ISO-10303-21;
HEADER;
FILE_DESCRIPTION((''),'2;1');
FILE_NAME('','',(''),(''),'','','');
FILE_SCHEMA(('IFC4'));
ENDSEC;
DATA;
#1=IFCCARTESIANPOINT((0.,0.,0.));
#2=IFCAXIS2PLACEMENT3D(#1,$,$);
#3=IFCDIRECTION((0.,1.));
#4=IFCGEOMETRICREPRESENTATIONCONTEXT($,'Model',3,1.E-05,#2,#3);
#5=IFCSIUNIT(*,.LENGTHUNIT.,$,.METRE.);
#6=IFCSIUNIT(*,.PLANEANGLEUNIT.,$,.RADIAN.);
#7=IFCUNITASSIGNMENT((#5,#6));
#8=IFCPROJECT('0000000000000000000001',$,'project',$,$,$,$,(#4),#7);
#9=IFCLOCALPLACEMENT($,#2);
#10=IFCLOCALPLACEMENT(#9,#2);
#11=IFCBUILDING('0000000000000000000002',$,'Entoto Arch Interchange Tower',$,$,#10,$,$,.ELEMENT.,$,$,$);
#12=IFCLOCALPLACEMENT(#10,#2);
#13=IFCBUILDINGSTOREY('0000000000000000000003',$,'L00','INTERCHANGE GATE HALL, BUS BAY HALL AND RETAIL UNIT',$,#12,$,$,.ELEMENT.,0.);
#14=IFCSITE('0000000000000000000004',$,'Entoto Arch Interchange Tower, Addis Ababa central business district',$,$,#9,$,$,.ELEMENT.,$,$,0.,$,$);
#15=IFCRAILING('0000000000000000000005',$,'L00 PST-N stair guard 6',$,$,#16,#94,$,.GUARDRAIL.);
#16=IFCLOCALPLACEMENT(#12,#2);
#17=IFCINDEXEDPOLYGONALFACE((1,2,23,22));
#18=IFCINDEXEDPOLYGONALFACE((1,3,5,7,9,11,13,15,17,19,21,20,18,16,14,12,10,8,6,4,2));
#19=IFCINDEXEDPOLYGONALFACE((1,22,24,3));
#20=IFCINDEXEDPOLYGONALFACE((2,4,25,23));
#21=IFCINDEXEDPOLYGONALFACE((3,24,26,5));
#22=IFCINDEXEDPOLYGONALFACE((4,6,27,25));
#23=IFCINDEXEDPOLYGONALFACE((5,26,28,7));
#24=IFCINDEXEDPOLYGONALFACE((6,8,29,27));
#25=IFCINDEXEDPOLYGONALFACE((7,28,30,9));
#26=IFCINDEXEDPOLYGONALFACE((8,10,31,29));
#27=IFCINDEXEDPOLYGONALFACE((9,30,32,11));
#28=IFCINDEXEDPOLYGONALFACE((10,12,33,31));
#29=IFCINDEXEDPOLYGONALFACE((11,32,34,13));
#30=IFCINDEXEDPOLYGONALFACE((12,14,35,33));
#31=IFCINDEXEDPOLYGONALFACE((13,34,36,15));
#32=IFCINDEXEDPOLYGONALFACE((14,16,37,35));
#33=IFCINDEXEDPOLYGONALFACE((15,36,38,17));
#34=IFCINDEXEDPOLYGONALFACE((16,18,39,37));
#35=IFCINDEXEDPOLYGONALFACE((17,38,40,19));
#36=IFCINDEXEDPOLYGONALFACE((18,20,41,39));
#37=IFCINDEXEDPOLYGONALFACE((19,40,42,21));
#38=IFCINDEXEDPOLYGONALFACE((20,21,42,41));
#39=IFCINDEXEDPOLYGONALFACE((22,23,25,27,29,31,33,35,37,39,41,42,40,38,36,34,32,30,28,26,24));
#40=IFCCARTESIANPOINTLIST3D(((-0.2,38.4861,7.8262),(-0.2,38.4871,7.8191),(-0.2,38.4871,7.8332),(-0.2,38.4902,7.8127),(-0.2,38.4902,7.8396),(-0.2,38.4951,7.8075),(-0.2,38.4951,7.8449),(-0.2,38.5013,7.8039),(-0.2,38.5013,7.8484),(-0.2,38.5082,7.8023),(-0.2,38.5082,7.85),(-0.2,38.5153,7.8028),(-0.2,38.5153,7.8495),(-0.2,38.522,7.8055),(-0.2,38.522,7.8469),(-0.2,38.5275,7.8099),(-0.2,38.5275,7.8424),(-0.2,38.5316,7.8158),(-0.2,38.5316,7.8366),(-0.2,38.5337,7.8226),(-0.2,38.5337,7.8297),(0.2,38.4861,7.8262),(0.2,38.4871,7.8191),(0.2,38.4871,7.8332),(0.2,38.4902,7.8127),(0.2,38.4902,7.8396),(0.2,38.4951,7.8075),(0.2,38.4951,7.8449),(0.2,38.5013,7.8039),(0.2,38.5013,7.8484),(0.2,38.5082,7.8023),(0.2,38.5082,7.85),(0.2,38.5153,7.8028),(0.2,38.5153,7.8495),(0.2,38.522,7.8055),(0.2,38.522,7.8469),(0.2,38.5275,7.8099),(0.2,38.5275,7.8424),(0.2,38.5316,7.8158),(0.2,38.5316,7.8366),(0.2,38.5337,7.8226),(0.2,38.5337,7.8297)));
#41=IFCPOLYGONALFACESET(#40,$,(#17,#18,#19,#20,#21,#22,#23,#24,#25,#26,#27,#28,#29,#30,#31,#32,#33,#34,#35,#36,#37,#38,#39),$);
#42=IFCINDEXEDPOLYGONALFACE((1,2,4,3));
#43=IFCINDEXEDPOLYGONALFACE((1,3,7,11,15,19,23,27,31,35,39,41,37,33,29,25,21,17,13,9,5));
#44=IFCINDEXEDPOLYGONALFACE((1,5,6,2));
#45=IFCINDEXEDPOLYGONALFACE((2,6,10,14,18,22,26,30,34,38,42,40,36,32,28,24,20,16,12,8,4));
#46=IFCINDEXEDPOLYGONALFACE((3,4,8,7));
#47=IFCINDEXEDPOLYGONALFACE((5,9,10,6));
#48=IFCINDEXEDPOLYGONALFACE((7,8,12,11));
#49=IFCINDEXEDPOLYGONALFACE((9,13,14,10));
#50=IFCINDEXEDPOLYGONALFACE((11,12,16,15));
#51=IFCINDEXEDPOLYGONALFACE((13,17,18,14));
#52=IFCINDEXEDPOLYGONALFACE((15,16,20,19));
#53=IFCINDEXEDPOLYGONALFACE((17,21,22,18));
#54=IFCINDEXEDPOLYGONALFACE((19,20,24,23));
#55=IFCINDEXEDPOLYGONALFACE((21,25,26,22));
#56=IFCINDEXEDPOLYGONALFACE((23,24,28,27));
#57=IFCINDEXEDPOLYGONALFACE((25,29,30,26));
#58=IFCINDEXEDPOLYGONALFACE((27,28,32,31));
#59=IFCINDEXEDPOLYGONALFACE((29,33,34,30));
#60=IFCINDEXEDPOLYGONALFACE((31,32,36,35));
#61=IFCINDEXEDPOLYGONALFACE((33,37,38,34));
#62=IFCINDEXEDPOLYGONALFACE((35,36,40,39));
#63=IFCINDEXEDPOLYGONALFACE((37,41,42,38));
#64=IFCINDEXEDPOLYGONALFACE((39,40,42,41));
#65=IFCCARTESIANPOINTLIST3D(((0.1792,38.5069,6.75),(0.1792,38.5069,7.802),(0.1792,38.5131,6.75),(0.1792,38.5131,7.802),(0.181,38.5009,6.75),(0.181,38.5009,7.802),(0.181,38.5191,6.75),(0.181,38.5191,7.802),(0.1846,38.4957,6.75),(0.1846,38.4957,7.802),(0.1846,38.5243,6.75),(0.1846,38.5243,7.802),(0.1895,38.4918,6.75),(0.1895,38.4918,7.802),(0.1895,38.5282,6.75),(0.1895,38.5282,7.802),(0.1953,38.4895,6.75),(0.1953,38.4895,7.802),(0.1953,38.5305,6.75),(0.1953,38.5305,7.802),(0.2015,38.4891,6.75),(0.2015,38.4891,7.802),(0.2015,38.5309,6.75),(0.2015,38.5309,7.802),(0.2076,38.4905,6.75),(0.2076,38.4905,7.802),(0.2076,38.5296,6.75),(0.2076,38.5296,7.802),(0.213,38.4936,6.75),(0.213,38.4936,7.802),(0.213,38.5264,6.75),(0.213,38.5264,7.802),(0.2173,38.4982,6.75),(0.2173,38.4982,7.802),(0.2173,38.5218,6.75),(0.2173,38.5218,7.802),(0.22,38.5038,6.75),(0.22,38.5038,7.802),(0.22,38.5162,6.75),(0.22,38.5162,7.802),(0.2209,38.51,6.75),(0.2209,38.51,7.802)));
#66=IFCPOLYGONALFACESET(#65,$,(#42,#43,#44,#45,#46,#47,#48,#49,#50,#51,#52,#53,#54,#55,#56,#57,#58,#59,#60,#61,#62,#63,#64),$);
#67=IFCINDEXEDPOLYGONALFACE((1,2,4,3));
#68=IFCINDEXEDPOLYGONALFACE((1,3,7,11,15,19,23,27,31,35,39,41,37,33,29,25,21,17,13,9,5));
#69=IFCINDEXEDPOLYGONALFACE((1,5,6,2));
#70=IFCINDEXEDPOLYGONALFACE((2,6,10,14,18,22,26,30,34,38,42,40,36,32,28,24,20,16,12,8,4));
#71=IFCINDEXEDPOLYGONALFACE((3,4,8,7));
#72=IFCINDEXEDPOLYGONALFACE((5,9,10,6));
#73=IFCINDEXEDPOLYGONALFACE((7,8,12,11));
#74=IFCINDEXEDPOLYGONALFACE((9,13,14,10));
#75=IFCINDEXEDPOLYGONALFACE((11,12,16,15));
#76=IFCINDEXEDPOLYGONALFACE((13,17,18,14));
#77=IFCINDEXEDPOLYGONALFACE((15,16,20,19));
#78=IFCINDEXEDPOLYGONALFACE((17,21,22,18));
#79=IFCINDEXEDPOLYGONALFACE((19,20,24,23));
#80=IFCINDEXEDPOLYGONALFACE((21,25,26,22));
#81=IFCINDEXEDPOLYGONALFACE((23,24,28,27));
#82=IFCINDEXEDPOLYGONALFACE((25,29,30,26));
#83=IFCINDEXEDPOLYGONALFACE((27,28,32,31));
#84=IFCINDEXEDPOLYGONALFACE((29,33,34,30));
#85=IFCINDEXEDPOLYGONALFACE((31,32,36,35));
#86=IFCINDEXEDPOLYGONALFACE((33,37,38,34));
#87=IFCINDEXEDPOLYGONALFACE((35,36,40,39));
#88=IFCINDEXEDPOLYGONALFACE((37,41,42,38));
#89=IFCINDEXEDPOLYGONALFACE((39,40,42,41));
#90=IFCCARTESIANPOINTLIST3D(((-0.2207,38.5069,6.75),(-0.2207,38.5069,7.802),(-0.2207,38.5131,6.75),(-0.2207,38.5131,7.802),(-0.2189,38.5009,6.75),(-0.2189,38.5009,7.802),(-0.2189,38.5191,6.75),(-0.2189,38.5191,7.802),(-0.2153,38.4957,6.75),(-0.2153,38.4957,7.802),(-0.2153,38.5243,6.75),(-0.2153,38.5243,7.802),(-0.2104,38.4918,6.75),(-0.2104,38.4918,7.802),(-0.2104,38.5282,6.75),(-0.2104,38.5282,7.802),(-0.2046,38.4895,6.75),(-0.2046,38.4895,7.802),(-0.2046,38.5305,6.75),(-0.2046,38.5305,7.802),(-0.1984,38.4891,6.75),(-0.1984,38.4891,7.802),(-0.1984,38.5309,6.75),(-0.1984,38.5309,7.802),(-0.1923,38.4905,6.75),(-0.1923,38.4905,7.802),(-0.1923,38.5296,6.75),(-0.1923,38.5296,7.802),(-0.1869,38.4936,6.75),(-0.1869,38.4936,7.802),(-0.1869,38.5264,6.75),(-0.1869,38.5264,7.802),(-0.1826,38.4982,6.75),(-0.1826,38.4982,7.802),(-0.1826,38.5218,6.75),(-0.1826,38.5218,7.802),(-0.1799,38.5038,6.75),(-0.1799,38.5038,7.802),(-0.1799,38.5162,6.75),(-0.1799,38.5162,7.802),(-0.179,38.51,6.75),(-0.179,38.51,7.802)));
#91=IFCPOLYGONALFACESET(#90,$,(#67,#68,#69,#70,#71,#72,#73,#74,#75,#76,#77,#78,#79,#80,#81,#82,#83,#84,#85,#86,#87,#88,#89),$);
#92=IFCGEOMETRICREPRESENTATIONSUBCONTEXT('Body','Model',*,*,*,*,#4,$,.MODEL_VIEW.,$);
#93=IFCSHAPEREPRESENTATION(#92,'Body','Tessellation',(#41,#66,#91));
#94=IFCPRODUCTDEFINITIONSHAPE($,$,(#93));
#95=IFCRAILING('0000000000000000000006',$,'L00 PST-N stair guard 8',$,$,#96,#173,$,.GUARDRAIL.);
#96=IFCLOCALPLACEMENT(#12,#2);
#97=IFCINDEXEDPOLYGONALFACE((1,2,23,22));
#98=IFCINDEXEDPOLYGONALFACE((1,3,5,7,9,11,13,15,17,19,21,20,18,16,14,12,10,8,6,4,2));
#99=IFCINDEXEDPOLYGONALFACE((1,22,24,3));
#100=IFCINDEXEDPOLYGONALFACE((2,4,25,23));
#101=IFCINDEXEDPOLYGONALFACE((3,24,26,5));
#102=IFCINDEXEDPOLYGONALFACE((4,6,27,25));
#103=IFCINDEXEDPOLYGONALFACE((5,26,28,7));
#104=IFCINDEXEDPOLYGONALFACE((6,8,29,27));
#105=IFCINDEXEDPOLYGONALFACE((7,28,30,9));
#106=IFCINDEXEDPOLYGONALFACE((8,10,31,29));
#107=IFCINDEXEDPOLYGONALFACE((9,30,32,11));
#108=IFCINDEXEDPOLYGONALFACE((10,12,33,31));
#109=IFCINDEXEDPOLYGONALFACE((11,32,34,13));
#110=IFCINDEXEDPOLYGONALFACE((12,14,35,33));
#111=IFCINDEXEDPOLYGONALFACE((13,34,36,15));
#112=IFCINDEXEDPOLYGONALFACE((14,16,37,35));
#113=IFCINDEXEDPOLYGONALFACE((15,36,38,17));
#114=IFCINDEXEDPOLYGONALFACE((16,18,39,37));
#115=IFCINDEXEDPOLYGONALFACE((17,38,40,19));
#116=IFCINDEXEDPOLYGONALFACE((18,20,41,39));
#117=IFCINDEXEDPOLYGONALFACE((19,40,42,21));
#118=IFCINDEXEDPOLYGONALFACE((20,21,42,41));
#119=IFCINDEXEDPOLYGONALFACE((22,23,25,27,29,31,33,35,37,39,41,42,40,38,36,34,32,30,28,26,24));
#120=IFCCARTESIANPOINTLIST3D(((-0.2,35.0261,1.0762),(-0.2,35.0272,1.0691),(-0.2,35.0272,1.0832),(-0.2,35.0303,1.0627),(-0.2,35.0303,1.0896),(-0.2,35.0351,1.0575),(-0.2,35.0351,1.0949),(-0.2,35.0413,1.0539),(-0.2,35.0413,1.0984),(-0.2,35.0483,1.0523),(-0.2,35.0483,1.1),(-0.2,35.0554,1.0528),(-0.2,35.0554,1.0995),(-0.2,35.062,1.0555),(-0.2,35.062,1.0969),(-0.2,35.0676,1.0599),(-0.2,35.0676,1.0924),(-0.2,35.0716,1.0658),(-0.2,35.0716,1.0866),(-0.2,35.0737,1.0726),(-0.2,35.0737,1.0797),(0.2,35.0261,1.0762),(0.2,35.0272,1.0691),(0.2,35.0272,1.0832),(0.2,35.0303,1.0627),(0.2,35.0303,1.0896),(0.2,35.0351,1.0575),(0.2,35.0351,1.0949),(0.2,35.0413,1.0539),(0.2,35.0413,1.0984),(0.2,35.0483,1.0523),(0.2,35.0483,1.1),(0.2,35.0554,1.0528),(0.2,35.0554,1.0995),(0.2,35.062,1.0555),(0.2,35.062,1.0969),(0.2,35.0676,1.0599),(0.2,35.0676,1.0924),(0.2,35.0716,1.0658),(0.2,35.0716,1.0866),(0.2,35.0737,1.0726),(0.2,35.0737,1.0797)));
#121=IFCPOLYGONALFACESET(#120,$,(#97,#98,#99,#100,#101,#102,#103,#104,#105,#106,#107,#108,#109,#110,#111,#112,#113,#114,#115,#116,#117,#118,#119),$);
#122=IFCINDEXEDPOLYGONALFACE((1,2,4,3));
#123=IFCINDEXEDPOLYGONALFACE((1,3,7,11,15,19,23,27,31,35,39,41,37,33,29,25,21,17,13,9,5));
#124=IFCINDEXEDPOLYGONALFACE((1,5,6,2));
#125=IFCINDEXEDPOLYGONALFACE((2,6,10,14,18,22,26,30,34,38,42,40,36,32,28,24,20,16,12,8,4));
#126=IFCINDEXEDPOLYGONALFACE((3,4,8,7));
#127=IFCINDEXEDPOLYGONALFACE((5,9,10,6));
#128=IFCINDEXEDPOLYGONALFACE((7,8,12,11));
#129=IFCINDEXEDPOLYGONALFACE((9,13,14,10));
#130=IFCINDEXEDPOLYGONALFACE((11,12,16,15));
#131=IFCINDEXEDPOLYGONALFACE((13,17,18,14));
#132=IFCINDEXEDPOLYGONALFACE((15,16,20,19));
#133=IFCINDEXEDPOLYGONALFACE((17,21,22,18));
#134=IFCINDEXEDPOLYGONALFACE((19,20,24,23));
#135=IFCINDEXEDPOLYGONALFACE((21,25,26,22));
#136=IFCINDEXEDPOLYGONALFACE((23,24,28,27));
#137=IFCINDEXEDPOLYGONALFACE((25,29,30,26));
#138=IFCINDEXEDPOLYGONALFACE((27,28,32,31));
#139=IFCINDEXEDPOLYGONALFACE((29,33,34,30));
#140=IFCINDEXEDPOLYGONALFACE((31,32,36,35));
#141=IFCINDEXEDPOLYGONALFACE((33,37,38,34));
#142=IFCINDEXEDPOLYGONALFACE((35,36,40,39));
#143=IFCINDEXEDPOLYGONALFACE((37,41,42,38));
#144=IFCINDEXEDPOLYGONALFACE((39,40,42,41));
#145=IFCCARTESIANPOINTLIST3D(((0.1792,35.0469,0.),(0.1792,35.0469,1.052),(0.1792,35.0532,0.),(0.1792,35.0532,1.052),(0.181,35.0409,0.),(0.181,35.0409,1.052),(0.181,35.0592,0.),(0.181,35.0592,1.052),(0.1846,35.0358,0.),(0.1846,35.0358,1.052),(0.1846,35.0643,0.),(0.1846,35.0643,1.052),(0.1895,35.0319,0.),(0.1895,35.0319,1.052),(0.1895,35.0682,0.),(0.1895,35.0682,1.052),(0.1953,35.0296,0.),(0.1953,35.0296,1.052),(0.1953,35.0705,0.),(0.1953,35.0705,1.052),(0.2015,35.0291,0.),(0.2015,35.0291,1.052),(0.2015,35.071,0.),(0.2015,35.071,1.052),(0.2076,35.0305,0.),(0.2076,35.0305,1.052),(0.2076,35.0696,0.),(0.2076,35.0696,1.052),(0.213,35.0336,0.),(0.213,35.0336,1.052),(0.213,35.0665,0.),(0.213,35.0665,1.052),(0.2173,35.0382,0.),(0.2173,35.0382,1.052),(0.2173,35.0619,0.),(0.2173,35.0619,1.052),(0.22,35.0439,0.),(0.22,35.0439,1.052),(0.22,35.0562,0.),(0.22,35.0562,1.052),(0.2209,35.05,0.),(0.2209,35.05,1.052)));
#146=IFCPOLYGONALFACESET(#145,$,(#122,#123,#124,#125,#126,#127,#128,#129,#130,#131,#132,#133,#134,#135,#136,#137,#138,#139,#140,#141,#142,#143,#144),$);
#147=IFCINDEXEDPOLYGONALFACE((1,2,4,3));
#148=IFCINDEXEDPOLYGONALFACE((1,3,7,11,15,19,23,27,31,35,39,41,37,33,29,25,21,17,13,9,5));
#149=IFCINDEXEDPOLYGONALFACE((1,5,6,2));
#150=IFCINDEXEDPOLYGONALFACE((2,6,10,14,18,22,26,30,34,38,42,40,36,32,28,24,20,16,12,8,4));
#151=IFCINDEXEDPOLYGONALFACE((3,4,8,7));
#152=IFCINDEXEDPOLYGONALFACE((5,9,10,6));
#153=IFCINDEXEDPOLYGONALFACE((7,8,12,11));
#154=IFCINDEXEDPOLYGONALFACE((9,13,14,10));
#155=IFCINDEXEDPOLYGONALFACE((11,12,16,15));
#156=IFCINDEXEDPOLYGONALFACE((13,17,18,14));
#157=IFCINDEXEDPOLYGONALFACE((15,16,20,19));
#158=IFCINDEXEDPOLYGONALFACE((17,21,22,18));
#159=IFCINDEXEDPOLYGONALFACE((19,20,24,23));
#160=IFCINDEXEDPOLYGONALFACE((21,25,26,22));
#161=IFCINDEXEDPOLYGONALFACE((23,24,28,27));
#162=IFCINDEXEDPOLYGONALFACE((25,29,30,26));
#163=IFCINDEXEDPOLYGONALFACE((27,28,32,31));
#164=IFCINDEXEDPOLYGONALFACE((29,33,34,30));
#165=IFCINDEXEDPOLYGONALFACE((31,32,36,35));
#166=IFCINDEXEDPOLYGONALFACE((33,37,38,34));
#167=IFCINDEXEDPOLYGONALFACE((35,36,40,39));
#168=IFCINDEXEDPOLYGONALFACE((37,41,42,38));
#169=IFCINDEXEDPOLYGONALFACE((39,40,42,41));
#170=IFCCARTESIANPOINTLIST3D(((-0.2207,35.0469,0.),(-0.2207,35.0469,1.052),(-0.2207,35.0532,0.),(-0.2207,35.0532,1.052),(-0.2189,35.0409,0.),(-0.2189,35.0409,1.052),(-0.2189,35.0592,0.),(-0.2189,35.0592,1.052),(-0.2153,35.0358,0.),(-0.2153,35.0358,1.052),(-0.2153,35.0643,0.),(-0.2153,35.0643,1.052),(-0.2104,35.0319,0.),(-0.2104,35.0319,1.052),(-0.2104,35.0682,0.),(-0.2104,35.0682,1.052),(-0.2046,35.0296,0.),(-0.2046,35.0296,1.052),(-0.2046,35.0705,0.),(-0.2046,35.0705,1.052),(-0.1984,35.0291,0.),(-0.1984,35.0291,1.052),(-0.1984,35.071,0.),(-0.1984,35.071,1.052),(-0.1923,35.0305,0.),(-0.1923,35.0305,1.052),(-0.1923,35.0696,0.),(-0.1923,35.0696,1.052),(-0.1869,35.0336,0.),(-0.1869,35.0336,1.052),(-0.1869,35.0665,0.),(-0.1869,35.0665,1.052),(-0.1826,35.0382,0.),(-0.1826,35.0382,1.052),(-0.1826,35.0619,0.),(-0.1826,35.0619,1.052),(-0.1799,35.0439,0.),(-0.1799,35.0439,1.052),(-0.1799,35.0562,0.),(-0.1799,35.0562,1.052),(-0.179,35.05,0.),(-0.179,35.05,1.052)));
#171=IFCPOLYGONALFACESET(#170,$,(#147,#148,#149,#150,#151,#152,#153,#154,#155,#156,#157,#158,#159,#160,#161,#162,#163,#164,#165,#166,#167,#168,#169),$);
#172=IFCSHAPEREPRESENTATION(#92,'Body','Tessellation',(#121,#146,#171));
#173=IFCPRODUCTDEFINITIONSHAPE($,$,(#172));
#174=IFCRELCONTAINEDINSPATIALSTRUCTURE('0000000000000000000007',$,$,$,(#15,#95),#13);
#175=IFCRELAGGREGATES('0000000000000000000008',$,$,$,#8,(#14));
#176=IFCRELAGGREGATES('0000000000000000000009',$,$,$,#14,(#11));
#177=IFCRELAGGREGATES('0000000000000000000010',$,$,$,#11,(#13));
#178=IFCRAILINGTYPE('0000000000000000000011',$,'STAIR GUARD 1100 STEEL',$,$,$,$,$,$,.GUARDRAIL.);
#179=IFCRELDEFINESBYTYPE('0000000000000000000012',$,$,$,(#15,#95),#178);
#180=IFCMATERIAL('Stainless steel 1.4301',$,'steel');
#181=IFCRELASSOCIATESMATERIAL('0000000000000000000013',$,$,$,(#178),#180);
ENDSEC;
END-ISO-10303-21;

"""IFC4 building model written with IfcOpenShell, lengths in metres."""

from ifc_helpers import new_model, si_unit, direction, frame, origin, origin_2d, place, context, subcontext, project, spatial, circle, extrude, material, type_object, element, save


model = new_model("IFC4")

# Units and contexts
model_context = context("Model", 3, precision=1e-05, world=origin(), true_north=direction((0.0, 1.0)))
body_context = subcontext(model_context, "Body", "Model", "MODEL_VIEW")
ifc_project = project(units=[si_unit("LENGTHUNIT", "METRE"), si_unit("PLANEANGLEUNIT", "RADIAN")], contexts=[model_context])

# Site, building, storey
site_placement = place(None, origin())
site = spatial("IfcSite", under=ifc_project, at=site_placement, Name="Entoto Arch Interchange Tower, Addis Ababa central business district", CompositionType="ELEMENT", RefElevation=0.0)
building_placement = place(site_placement, origin())
building = spatial("IfcBuilding", under=site, at=building_placement, Name="Entoto Arch Interchange Tower", CompositionType="ELEMENT")
storey_placement = place(building_placement, origin())
storey = spatial("IfcBuildingStorey", under=building, at=storey_placement, Name="L00", Description="INTERCHANGE GATE HALL, BUS BAY HALL AND RETAIL UNIT", CompositionType="ELEMENT", Elevation=0.0)

# Railings
ifc_material_1 = material(Name="Stainless steel 1.4301", Category="steel")
railing_type_1 = type_object("IfcRailingType", Name="STAIR GUARD 1100 STEEL", PredefinedType="GUARDRAIL", material=ifc_material_1)
for number, where, name in (
    (1, (0.2, 38.51, 6.75), "L00 PST-N stair guard 6"),
    (2, (0.2, 35.05, 0.0), "L00 PST-N stair guard 8"),
):
    element("IfcRailing", number, at=place(storey_placement, frame(where)), inside=storey, type_object=railing_type_1, Name=name, PredefinedType="GUARDRAIL", context=body_context, shape_type="SweptSolid", body=[
        extrude(circle(Radius=0.0239, at=origin_2d()), frame((0.0, 0.0, 1.0762), z_axis=(-1.0, 0.0, 0.0), x_axis=(0.0, -1.0, 0.0)), (0.0, 0.0, 1.0), 0.3999),
        extrude(circle(Radius=0.021, at=origin_2d()), origin(), (0.0, 0.0, 1.0), 1.052),
        extrude(circle(Radius=0.021, at=origin_2d()), frame((-0.3999, 0.0, 0.0)), (0.0, 0.0, 1.0), 1.052),
    ])

save(model, "model.ifc")
